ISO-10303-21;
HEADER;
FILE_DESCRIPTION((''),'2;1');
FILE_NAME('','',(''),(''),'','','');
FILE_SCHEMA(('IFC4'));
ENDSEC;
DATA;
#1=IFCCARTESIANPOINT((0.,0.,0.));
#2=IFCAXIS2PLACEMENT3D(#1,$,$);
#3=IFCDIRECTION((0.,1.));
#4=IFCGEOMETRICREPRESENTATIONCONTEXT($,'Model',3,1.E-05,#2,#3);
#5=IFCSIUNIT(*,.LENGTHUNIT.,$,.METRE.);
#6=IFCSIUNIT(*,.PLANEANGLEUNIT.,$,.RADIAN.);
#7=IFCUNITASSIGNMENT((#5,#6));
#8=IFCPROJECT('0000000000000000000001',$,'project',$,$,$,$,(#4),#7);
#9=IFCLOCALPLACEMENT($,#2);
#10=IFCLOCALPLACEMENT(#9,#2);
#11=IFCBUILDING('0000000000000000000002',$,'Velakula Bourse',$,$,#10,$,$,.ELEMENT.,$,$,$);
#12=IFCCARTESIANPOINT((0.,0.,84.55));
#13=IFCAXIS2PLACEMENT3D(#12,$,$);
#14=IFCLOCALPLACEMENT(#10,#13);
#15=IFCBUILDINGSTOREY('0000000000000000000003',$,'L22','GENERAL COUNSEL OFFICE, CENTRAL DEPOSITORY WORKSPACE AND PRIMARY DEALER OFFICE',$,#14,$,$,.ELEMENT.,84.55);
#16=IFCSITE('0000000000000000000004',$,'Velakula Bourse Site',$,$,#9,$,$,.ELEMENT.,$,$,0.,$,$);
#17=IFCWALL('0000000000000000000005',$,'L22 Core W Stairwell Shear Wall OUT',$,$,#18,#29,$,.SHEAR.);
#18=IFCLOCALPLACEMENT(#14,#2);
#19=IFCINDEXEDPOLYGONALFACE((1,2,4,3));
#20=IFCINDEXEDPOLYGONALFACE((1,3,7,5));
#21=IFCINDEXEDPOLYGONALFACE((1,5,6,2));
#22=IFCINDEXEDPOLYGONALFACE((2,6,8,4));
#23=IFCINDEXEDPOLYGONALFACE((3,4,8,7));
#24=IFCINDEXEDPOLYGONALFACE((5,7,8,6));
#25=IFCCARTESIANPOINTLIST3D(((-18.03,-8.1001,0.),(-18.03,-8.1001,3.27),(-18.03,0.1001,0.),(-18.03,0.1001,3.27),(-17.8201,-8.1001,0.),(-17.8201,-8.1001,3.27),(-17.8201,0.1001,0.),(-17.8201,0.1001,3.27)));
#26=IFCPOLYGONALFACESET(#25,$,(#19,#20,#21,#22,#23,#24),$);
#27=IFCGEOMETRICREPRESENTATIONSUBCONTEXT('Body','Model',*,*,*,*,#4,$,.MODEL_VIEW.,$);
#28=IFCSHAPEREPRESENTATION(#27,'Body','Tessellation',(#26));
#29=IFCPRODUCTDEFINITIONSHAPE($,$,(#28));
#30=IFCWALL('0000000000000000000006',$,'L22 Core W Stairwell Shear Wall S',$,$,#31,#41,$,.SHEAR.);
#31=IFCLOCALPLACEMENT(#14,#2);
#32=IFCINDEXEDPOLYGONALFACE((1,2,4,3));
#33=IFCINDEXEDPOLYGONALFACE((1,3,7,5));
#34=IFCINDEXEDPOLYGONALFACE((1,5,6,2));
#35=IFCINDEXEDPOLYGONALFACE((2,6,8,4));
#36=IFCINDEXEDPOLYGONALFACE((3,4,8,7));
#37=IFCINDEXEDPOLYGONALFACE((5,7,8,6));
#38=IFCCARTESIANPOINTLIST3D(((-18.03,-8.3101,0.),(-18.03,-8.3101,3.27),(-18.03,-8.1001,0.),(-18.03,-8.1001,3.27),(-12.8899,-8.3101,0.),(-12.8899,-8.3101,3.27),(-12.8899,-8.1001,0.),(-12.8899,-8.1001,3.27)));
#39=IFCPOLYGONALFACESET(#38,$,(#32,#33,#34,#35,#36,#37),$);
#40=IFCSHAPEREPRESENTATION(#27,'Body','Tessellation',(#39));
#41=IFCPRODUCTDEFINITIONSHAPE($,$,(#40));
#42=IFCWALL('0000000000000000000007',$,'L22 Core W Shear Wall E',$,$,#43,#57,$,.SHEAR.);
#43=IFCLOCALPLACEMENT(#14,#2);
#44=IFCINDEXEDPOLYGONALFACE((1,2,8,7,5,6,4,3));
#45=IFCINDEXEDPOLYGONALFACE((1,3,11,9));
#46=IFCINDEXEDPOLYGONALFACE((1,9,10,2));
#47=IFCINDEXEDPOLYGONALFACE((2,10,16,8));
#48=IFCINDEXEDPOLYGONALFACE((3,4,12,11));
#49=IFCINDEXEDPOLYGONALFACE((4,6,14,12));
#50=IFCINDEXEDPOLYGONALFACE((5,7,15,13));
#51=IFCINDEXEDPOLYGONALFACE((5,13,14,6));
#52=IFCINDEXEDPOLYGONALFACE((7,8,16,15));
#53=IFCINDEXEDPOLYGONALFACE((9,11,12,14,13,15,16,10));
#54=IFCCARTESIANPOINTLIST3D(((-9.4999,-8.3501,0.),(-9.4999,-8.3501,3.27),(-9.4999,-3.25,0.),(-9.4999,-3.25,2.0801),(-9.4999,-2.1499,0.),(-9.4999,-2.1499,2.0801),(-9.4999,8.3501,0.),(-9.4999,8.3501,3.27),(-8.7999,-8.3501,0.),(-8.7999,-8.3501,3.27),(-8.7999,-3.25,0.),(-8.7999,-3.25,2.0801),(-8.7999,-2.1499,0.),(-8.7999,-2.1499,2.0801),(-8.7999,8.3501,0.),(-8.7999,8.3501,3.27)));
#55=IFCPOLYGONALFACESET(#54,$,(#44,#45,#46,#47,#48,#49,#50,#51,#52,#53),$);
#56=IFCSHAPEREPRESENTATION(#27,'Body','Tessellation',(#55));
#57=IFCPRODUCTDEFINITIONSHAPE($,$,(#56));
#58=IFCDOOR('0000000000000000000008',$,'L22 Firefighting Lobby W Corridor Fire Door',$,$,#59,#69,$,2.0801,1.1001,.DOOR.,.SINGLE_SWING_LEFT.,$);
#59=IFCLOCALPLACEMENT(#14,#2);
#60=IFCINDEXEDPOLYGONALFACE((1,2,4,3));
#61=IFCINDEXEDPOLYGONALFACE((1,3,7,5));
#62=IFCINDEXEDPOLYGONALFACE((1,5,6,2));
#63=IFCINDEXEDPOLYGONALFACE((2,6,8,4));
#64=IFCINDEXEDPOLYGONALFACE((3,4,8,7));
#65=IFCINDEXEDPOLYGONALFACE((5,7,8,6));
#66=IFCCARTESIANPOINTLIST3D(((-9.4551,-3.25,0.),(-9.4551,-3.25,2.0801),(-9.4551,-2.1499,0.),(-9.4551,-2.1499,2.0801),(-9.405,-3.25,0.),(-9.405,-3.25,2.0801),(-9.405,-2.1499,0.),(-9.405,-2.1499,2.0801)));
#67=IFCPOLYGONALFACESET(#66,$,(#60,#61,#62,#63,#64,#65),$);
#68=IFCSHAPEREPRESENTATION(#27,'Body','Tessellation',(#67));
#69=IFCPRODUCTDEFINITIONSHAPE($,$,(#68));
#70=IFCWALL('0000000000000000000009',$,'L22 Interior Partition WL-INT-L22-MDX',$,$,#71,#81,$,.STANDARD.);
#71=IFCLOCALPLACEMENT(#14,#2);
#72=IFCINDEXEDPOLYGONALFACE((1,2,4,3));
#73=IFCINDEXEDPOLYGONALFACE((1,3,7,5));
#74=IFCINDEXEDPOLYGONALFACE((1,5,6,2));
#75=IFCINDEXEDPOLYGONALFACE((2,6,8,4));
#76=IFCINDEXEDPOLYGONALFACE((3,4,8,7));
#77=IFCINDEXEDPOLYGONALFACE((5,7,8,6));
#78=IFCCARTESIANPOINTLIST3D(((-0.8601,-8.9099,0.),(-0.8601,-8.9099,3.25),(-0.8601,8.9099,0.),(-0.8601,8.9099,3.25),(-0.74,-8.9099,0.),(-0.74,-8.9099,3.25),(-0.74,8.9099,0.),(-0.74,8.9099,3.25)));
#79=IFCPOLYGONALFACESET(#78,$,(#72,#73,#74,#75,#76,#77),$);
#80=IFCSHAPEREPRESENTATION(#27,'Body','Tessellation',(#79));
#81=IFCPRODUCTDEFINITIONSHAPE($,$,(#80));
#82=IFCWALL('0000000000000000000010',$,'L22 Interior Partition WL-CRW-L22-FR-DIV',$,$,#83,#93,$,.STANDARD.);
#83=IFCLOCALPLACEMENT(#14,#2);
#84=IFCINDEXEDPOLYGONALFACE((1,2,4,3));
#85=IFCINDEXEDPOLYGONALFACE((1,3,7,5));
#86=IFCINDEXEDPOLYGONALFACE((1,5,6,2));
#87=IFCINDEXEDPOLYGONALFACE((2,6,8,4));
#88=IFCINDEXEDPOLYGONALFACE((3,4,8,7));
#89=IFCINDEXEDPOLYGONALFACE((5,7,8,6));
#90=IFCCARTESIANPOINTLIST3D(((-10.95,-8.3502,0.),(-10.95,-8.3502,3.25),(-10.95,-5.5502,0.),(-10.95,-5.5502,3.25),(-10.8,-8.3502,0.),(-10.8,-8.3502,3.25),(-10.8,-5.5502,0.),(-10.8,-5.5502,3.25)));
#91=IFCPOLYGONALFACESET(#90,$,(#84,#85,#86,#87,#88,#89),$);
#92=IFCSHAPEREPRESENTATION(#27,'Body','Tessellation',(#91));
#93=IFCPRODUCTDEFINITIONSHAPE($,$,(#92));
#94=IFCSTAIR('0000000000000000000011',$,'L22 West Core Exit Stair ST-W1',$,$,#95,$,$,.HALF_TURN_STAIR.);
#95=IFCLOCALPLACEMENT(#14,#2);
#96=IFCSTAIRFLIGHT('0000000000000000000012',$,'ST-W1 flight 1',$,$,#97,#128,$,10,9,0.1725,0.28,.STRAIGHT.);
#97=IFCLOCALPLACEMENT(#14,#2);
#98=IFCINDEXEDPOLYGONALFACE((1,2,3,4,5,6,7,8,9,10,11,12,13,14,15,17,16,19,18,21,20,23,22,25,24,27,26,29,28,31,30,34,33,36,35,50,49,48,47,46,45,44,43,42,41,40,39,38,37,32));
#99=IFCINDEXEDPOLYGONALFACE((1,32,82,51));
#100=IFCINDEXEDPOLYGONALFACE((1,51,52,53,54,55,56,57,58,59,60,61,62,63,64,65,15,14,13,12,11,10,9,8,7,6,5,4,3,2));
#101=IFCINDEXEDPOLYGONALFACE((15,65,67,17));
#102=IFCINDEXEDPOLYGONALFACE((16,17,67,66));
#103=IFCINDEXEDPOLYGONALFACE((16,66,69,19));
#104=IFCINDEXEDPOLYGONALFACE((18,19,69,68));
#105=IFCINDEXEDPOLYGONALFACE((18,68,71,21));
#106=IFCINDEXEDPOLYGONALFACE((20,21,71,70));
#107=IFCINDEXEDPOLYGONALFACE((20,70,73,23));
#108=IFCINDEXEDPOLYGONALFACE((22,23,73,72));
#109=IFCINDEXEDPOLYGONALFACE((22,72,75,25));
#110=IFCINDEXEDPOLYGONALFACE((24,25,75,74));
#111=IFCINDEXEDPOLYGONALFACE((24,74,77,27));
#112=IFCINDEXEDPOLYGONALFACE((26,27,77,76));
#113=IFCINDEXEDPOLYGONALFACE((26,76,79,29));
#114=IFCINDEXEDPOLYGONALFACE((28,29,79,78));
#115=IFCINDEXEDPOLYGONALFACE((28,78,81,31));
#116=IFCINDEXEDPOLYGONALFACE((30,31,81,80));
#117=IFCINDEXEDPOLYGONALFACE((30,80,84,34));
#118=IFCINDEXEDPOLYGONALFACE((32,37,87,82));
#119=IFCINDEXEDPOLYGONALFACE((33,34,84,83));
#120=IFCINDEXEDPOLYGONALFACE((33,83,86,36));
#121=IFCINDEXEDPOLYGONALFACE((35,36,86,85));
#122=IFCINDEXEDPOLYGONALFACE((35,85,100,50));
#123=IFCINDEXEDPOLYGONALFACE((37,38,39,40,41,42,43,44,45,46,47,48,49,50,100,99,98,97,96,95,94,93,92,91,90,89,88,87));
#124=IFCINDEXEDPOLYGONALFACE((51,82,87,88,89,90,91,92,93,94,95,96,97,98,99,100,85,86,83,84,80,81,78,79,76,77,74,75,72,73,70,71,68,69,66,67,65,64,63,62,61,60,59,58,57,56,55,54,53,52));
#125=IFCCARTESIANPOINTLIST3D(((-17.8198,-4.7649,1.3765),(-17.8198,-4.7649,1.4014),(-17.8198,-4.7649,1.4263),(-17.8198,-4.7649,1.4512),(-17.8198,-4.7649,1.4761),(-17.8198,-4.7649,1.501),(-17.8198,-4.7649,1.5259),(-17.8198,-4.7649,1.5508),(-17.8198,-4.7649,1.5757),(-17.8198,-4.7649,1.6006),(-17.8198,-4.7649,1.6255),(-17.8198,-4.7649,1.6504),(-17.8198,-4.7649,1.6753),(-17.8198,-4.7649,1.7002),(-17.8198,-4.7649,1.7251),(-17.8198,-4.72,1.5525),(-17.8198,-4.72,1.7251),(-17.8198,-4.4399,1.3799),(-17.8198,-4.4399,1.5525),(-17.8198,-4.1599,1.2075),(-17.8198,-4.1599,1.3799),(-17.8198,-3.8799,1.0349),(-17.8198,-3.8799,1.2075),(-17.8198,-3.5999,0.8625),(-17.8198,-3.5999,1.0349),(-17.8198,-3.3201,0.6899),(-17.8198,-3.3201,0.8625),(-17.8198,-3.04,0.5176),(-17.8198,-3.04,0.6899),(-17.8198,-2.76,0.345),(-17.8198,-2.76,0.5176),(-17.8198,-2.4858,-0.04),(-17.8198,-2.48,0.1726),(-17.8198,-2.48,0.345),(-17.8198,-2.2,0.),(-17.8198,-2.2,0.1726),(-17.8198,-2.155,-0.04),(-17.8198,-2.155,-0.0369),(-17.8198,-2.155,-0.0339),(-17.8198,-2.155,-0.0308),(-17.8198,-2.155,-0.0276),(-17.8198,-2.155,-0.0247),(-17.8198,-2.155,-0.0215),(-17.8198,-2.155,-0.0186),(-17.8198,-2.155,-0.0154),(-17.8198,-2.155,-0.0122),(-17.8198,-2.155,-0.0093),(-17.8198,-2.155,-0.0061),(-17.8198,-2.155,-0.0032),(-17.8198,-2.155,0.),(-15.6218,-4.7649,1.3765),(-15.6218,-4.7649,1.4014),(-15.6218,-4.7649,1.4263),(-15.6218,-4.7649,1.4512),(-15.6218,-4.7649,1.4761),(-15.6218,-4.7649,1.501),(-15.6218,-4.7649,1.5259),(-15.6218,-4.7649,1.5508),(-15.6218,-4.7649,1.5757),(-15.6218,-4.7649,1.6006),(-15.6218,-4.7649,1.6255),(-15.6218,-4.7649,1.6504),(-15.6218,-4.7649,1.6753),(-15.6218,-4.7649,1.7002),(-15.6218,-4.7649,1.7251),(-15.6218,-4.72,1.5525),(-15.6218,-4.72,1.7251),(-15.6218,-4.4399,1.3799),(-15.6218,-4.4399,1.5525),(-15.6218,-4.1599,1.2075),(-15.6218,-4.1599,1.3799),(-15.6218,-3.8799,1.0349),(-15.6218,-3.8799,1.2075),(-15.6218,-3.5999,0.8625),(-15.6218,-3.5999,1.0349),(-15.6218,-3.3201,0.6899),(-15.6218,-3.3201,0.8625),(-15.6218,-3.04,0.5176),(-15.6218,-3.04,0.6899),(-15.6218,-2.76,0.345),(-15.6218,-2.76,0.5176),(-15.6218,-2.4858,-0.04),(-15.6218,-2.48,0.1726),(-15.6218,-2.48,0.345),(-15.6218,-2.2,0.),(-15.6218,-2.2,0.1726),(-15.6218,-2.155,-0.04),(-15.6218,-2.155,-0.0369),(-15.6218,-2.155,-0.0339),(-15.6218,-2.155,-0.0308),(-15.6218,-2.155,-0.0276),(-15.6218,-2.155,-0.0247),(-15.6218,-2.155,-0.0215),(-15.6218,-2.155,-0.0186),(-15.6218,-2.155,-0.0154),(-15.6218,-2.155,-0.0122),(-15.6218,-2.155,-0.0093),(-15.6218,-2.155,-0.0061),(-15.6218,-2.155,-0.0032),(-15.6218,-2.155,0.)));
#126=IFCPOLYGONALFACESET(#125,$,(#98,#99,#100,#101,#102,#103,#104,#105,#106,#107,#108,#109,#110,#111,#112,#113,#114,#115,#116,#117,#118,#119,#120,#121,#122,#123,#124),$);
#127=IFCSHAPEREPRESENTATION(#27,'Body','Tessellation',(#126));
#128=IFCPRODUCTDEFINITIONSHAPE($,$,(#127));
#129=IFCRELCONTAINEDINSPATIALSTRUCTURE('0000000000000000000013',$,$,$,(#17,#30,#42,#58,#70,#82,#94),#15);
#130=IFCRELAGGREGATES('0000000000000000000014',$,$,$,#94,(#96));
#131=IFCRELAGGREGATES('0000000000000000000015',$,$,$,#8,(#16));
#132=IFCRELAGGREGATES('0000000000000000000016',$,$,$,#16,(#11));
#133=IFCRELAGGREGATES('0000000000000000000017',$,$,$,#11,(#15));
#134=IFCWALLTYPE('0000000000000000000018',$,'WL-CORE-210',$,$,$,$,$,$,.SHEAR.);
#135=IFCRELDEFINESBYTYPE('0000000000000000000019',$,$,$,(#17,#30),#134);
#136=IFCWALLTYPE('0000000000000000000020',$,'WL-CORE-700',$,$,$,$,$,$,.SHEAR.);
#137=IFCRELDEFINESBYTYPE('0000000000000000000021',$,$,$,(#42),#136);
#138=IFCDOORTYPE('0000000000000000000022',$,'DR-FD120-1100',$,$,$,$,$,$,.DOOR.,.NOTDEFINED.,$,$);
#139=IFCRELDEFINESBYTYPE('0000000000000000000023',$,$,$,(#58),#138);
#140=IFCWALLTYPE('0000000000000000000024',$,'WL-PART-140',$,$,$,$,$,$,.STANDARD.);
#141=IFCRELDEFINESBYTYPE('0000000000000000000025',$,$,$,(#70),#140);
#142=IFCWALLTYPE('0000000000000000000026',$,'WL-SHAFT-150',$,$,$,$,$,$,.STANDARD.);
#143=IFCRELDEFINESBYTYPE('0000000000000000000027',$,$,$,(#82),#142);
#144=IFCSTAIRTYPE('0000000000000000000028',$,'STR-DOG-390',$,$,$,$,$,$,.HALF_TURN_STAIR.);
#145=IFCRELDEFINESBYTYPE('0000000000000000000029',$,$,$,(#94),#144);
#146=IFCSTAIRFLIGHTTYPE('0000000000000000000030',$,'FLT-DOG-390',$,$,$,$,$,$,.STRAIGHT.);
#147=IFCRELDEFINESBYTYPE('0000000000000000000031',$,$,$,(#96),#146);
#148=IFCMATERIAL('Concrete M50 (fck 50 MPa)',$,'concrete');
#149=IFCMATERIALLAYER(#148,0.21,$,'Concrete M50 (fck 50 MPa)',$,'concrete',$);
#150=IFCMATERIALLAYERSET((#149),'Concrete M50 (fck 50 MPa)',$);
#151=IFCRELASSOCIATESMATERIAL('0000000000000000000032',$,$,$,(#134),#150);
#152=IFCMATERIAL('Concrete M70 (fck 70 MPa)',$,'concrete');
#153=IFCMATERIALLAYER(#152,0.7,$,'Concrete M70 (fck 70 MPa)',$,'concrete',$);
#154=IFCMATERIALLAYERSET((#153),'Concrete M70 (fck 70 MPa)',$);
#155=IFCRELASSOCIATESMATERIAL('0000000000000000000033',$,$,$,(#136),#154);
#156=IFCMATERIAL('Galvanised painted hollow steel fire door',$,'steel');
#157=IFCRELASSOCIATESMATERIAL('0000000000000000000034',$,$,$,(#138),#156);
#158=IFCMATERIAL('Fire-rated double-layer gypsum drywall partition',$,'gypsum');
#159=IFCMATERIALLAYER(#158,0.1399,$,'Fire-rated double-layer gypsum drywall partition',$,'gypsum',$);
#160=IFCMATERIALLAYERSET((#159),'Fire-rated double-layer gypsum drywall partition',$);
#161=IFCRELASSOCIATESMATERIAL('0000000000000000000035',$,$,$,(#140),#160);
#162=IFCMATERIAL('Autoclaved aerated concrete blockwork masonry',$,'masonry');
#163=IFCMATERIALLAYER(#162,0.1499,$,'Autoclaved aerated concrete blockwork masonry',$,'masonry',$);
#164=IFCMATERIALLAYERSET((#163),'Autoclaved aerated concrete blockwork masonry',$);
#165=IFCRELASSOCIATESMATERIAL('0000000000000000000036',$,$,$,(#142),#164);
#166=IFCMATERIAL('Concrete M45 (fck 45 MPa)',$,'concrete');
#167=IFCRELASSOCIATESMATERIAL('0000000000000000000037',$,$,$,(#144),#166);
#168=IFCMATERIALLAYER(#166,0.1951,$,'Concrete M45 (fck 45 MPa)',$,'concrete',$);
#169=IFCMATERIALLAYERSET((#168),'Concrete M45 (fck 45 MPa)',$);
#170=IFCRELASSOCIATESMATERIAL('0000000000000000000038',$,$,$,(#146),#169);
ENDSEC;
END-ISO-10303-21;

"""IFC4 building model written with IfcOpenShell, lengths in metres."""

from ifc_helpers import new_model, si_unit, direction, frame, frame_2d, origin, place, context, subcontext, project, spatial, polyline, rectangle, outline, extrude, material, layer, layer_set, type_object, element, fill, aggregate, save


model = new_model("IFC4")

# Units and contexts
model_context = context("Model", 3, precision=1e-05, world=origin(), true_north=direction((0.0, 1.0)))
body_context = subcontext(model_context, "Body", "Model", "MODEL_VIEW")
ifc_project = project(units=[si_unit("LENGTHUNIT", "METRE"), si_unit("PLANEANGLEUNIT", "RADIAN")], contexts=[model_context])

# Site, building, storey
site_placement = place(None, origin())
site = spatial("IfcSite", under=ifc_project, at=site_placement, Name="Velakula Bourse Site", CompositionType="ELEMENT", RefElevation=0.0)
building_placement = place(site_placement, origin())
building = spatial("IfcBuilding", under=site, at=building_placement, Name="Velakula Bourse", CompositionType="ELEMENT")
storey_placement = place(building_placement, frame((0.0, 0.0, 84.55)))
storey = spatial("IfcBuildingStorey", under=building, at=storey_placement, Name="L22", Description="GENERAL COUNSEL OFFICE, CENTRAL DEPOSITORY WORKSPACE AND PRIMARY DEALER OFFICE", CompositionType="ELEMENT", Elevation=84.55)

# Shared definitions
ifc_material_1 = material(Name="Concrete M70 (fck 70 MPa)", Category="concrete")

# Shared definitions
ifc_material_2 = material(Name="Concrete M50 (fck 50 MPa)", Category="concrete")
ifc_layer_1 = layer(ifc_material_2, 0.21, Name="Concrete M50 (fck 50 MPa)", Category="concrete")
ifc_layer_set_1 = layer_set([ifc_layer_1], Name="Concrete M50 (fck 50 MPa)")
wall_type_1 = type_object("IfcWallType", Name="WL-CORE-210", PredefinedType="SHEAR", material=ifc_layer_set_1)
ifc_material_3 = material(Name="Galvanised painted hollow steel fire door", Category="steel")

# Walls
wall_1_placement = place(storey_placement, frame((-17.925, -8.1001, 0.0), z_axis=(0.0, 0.0, 1.0), x_axis=(0.0, 1.0, 0.0)))
element("IfcWall", 1, at=wall_1_placement, inside=storey, type_object=wall_type_1, Name="L22 Core W Stairwell Shear Wall OUT", PredefinedType="SHEAR", context=body_context, shape_type="SweptSolid", body=[
    extrude(rectangle(XDim=8.2002, YDim=0.21, at=frame_2d((4.1001, 0.0))), origin(), (0.0, 0.0, 1.0), 3.27),
])
wall_2_placement = place(storey_placement, frame((-18.03, -8.2051, 0.0), z_axis=(0.0, 0.0, 1.0), x_axis=(1.0, 0.0, 0.0)))
element("IfcWall", 2, at=wall_2_placement, inside=storey, type_object=wall_type_1, Name="L22 Core W Stairwell Shear Wall S", PredefinedType="SHEAR", context=body_context, shape_type="SweptSolid", body=[
    extrude(rectangle(XDim=5.1401, YDim=0.21, at=frame_2d((2.5701, 0.0))), origin(), (0.0, 0.0, 1.0), 3.27),
])

# Wall, opening, door
ifc_layer_2 = layer(ifc_material_1, 0.7, Name="Concrete M70 (fck 70 MPa)", Category="concrete")
ifc_layer_set_2 = layer_set([ifc_layer_2], Name="Concrete M70 (fck 70 MPa)")
wall_type_2 = type_object("IfcWallType", Name="WL-CORE-700", PredefinedType="SHEAR", material=ifc_layer_set_2)
wall_3_placement = place(storey_placement, frame((-9.1499, -8.3501, 0.0), z_axis=(0.0, 0.0, 1.0), x_axis=(0.0, 1.0, 0.0)))
wall_3 = element("IfcWall", 3, at=wall_3_placement, inside=storey, type_object=wall_type_2, Name="L22 Core W Shear Wall E", PredefinedType="SHEAR", context=body_context, shape_type="SweptSolid", body=[
    extrude(rectangle(XDim=16.7002, YDim=0.7, at=frame_2d((8.3501, 0.0))), origin(), (0.0, 0.0, 1.0), 3.27),
])
opening_1_placement = place(wall_3_placement, frame((5.1001, 0.0, 0.0)))
opening_1 = element("IfcOpeningElement", 4, at=opening_1_placement, cuts=wall_3, PredefinedType="OPENING", context=body_context, shape_type="SweptSolid", body=[
    extrude(rectangle(XDim=1.1001, YDim=2.0801, at=frame_2d((0.55, 1.04))), frame((0.0, 0.3599, 0.0), z_axis=(0.0, -1.0, 0.0), x_axis=(1.0, 0.0, 0.0)), (0.0, 0.0, 1.0), 0.72),
])
door_type_1 = type_object("IfcDoorType", Name="DR-FD120-1100", OperationType="NOTDEFINED", PredefinedType="DOOR", material=ifc_material_3)
door_1_placement = place(opening_1_placement, origin())
door_1 = element("IfcDoor", 5, at=door_1_placement, inside=storey, type_object=door_type_1, Name="L22 Firefighting Lobby W Corridor Fire Door", OperationType="SINGLE_SWING_LEFT", OverallHeight=2.0801, OverallWidth=1.1001, PredefinedType="DOOR", context=body_context, shape_type="SweptSolid", body=[
    extrude(rectangle(XDim=1.1001, YDim=2.0801, at=frame_2d((0.55, 1.04))), frame((0.0, 0.3052, 0.0), z_axis=(0.0, -1.0, 0.0), x_axis=(1.0, 0.0, 0.0)), (0.0, 0.0, 1.0), 0.05),
])
fill(opening_1, door_1)

# Wall
ifc_material_4 = material(Name="Fire-rated double-layer gypsum drywall partition", Category="gypsum")
ifc_layer_3 = layer(ifc_material_4, 0.1399, Name="Fire-rated double-layer gypsum drywall partition", Category="gypsum")
ifc_layer_set_3 = layer_set([ifc_layer_3], Name="Fire-rated double-layer gypsum drywall partition")
wall_type_3 = type_object("IfcWallType", Name="WL-PART-140", PredefinedType="STANDARD", material=ifc_layer_set_3)
wall_4_placement = place(storey_placement, frame((-0.8, -8.9099, 0.0), z_axis=(0.0, 0.0, 1.0), x_axis=(0.0, 1.0, 0.0)))
element("IfcWall", 6, at=wall_4_placement, inside=storey, type_object=wall_type_3, Name="L22 Interior Partition WL-INT-L22-MDX", PredefinedType="STANDARD", context=body_context, shape_type="SweptSolid", body=[
    extrude(rectangle(XDim=17.8198, YDim=0.1201, at=frame_2d((8.9099, 0.0))), origin(), (0.0, 0.0, 1.0), 3.25),
])

# Shared definitions
ifc_material_5 = material(Name="Autoclaved aerated concrete blockwork masonry", Category="masonry")
ifc_layer_4 = layer(ifc_material_5, 0.1499, Name="Autoclaved aerated concrete blockwork masonry", Category="masonry")
ifc_layer_set_4 = layer_set([ifc_layer_4], Name="Autoclaved aerated concrete blockwork masonry")
wall_type_4 = type_object("IfcWallType", Name="WL-SHAFT-150", PredefinedType="STANDARD", material=ifc_layer_set_4)

# Wall
wall_5_placement = place(storey_placement, frame((-10.875, -8.3501, 0.0), z_axis=(0.0, 0.0, 1.0), x_axis=(0.0, 1.0, 0.0)))
element("IfcWall", 7, at=wall_5_placement, inside=storey, type_object=wall_type_4, Name="L22 Interior Partition WL-CRW-L22-FR-DIV", PredefinedType="STANDARD", context=body_context, shape_type="SweptSolid", body=[
    extrude(rectangle(XDim=2.8, YDim=0.1499, at=frame_2d((1.3999, 0.0))), origin(), (0.0, 0.0, 1.0), 3.25),
])

# Stair, stair flight
ifc_material_6 = material(Name="Concrete M45 (fck 45 MPa)", Category="concrete")
stair_type = type_object("IfcStairType", Name="STR-DOG-390", PredefinedType="HALF_TURN_STAIR", material=ifc_material_6)
stair_placement = place(storey_placement, origin())
stair = element("IfcStair", 8, at=stair_placement, inside=storey, type_object=stair_type, Name="L22 West Core Exit Stair ST-W1", PredefinedType="HALF_TURN_STAIR")
ifc_layer_5 = layer(ifc_material_6, 0.1951, Name="Concrete M45 (fck 45 MPa)", Category="concrete")
ifc_layer_set_5 = layer_set([ifc_layer_5], Name="Concrete M45 (fck 45 MPa)")
stair_flight_type = type_object("IfcStairFlightType", Name="FLT-DOG-390", PredefinedType="STRAIGHT", material=ifc_layer_set_5)
stair_flight_1_placement = place(storey_placement, frame((-16.7209, -2.2, 0.0), z_axis=(0.0, 0.0, 1.0), x_axis=(0.0, -1.0, 0.0)))
stair_flight_1 = element("IfcStairFlight", 9, at=stair_flight_1_placement, type_object=stair_flight_type, Name="ST-W1 flight 1", NumberOfRisers=10, NumberOfTreads=9, PredefinedType="STRAIGHT", RiserHeight=0.1725, TreadLength=0.28, context=body_context, shape_type="SweptSolid", body=[
    extrude(outline(polyline([(-0.0449, -0.04), (-0.0449, -0.0369), (-0.0449, -0.0339), (-0.0449, -0.0308), (-0.0449, -0.0276), (-0.0449, -0.0247), (-0.0449, -0.0215), (-0.0449, -0.0186), (-0.0449, -0.0154), (-0.0449, -0.0122), (-0.0449, -0.0093), (-0.0449, -0.0061), (-0.0449, -0.0032), (-0.0449, 0.0), (0.0, 0.0), (0.0, 0.1726), (0.28, 0.1726), (0.28, 0.345), (0.5601, 0.345), (0.5601, 0.5176), (0.8401, 0.5176), (0.8401, 0.6899), (1.1201, 0.6899), (1.1201, 0.8625), (1.3999, 0.8625), (1.3999, 1.0349), (1.6799, 1.0349), (1.6799, 1.2075), (1.96, 1.2075), (1.96, 1.3799), (2.24, 1.3799), (2.24, 1.5525), (2.52, 1.5525), (2.52, 1.7251), (2.5649, 1.7251), (2.5649, 1.7002), (2.5649, 1.6753), (2.5649, 1.6504), (2.5649, 1.6255), (2.5649, 1.6006), (2.5649, 1.5757), (2.5649, 1.5508), (2.5649, 1.5259), (2.5649, 1.501), (2.5649, 1.4761), (2.5649, 1.4512), (2.5649, 1.4263), (2.5649, 1.4014), (2.5649, 1.3765), (0.2859, -0.04), (-0.0449, -0.04)])), frame((0.0, 1.0991, 0.0), z_axis=(0.0, -1.0, 0.0), x_axis=(1.0, 0.0, 0.0)), (0.0, 0.0, 1.0), 2.198),
])
aggregate(stair, [stair_flight_1])

save(model, "model.ifc")
